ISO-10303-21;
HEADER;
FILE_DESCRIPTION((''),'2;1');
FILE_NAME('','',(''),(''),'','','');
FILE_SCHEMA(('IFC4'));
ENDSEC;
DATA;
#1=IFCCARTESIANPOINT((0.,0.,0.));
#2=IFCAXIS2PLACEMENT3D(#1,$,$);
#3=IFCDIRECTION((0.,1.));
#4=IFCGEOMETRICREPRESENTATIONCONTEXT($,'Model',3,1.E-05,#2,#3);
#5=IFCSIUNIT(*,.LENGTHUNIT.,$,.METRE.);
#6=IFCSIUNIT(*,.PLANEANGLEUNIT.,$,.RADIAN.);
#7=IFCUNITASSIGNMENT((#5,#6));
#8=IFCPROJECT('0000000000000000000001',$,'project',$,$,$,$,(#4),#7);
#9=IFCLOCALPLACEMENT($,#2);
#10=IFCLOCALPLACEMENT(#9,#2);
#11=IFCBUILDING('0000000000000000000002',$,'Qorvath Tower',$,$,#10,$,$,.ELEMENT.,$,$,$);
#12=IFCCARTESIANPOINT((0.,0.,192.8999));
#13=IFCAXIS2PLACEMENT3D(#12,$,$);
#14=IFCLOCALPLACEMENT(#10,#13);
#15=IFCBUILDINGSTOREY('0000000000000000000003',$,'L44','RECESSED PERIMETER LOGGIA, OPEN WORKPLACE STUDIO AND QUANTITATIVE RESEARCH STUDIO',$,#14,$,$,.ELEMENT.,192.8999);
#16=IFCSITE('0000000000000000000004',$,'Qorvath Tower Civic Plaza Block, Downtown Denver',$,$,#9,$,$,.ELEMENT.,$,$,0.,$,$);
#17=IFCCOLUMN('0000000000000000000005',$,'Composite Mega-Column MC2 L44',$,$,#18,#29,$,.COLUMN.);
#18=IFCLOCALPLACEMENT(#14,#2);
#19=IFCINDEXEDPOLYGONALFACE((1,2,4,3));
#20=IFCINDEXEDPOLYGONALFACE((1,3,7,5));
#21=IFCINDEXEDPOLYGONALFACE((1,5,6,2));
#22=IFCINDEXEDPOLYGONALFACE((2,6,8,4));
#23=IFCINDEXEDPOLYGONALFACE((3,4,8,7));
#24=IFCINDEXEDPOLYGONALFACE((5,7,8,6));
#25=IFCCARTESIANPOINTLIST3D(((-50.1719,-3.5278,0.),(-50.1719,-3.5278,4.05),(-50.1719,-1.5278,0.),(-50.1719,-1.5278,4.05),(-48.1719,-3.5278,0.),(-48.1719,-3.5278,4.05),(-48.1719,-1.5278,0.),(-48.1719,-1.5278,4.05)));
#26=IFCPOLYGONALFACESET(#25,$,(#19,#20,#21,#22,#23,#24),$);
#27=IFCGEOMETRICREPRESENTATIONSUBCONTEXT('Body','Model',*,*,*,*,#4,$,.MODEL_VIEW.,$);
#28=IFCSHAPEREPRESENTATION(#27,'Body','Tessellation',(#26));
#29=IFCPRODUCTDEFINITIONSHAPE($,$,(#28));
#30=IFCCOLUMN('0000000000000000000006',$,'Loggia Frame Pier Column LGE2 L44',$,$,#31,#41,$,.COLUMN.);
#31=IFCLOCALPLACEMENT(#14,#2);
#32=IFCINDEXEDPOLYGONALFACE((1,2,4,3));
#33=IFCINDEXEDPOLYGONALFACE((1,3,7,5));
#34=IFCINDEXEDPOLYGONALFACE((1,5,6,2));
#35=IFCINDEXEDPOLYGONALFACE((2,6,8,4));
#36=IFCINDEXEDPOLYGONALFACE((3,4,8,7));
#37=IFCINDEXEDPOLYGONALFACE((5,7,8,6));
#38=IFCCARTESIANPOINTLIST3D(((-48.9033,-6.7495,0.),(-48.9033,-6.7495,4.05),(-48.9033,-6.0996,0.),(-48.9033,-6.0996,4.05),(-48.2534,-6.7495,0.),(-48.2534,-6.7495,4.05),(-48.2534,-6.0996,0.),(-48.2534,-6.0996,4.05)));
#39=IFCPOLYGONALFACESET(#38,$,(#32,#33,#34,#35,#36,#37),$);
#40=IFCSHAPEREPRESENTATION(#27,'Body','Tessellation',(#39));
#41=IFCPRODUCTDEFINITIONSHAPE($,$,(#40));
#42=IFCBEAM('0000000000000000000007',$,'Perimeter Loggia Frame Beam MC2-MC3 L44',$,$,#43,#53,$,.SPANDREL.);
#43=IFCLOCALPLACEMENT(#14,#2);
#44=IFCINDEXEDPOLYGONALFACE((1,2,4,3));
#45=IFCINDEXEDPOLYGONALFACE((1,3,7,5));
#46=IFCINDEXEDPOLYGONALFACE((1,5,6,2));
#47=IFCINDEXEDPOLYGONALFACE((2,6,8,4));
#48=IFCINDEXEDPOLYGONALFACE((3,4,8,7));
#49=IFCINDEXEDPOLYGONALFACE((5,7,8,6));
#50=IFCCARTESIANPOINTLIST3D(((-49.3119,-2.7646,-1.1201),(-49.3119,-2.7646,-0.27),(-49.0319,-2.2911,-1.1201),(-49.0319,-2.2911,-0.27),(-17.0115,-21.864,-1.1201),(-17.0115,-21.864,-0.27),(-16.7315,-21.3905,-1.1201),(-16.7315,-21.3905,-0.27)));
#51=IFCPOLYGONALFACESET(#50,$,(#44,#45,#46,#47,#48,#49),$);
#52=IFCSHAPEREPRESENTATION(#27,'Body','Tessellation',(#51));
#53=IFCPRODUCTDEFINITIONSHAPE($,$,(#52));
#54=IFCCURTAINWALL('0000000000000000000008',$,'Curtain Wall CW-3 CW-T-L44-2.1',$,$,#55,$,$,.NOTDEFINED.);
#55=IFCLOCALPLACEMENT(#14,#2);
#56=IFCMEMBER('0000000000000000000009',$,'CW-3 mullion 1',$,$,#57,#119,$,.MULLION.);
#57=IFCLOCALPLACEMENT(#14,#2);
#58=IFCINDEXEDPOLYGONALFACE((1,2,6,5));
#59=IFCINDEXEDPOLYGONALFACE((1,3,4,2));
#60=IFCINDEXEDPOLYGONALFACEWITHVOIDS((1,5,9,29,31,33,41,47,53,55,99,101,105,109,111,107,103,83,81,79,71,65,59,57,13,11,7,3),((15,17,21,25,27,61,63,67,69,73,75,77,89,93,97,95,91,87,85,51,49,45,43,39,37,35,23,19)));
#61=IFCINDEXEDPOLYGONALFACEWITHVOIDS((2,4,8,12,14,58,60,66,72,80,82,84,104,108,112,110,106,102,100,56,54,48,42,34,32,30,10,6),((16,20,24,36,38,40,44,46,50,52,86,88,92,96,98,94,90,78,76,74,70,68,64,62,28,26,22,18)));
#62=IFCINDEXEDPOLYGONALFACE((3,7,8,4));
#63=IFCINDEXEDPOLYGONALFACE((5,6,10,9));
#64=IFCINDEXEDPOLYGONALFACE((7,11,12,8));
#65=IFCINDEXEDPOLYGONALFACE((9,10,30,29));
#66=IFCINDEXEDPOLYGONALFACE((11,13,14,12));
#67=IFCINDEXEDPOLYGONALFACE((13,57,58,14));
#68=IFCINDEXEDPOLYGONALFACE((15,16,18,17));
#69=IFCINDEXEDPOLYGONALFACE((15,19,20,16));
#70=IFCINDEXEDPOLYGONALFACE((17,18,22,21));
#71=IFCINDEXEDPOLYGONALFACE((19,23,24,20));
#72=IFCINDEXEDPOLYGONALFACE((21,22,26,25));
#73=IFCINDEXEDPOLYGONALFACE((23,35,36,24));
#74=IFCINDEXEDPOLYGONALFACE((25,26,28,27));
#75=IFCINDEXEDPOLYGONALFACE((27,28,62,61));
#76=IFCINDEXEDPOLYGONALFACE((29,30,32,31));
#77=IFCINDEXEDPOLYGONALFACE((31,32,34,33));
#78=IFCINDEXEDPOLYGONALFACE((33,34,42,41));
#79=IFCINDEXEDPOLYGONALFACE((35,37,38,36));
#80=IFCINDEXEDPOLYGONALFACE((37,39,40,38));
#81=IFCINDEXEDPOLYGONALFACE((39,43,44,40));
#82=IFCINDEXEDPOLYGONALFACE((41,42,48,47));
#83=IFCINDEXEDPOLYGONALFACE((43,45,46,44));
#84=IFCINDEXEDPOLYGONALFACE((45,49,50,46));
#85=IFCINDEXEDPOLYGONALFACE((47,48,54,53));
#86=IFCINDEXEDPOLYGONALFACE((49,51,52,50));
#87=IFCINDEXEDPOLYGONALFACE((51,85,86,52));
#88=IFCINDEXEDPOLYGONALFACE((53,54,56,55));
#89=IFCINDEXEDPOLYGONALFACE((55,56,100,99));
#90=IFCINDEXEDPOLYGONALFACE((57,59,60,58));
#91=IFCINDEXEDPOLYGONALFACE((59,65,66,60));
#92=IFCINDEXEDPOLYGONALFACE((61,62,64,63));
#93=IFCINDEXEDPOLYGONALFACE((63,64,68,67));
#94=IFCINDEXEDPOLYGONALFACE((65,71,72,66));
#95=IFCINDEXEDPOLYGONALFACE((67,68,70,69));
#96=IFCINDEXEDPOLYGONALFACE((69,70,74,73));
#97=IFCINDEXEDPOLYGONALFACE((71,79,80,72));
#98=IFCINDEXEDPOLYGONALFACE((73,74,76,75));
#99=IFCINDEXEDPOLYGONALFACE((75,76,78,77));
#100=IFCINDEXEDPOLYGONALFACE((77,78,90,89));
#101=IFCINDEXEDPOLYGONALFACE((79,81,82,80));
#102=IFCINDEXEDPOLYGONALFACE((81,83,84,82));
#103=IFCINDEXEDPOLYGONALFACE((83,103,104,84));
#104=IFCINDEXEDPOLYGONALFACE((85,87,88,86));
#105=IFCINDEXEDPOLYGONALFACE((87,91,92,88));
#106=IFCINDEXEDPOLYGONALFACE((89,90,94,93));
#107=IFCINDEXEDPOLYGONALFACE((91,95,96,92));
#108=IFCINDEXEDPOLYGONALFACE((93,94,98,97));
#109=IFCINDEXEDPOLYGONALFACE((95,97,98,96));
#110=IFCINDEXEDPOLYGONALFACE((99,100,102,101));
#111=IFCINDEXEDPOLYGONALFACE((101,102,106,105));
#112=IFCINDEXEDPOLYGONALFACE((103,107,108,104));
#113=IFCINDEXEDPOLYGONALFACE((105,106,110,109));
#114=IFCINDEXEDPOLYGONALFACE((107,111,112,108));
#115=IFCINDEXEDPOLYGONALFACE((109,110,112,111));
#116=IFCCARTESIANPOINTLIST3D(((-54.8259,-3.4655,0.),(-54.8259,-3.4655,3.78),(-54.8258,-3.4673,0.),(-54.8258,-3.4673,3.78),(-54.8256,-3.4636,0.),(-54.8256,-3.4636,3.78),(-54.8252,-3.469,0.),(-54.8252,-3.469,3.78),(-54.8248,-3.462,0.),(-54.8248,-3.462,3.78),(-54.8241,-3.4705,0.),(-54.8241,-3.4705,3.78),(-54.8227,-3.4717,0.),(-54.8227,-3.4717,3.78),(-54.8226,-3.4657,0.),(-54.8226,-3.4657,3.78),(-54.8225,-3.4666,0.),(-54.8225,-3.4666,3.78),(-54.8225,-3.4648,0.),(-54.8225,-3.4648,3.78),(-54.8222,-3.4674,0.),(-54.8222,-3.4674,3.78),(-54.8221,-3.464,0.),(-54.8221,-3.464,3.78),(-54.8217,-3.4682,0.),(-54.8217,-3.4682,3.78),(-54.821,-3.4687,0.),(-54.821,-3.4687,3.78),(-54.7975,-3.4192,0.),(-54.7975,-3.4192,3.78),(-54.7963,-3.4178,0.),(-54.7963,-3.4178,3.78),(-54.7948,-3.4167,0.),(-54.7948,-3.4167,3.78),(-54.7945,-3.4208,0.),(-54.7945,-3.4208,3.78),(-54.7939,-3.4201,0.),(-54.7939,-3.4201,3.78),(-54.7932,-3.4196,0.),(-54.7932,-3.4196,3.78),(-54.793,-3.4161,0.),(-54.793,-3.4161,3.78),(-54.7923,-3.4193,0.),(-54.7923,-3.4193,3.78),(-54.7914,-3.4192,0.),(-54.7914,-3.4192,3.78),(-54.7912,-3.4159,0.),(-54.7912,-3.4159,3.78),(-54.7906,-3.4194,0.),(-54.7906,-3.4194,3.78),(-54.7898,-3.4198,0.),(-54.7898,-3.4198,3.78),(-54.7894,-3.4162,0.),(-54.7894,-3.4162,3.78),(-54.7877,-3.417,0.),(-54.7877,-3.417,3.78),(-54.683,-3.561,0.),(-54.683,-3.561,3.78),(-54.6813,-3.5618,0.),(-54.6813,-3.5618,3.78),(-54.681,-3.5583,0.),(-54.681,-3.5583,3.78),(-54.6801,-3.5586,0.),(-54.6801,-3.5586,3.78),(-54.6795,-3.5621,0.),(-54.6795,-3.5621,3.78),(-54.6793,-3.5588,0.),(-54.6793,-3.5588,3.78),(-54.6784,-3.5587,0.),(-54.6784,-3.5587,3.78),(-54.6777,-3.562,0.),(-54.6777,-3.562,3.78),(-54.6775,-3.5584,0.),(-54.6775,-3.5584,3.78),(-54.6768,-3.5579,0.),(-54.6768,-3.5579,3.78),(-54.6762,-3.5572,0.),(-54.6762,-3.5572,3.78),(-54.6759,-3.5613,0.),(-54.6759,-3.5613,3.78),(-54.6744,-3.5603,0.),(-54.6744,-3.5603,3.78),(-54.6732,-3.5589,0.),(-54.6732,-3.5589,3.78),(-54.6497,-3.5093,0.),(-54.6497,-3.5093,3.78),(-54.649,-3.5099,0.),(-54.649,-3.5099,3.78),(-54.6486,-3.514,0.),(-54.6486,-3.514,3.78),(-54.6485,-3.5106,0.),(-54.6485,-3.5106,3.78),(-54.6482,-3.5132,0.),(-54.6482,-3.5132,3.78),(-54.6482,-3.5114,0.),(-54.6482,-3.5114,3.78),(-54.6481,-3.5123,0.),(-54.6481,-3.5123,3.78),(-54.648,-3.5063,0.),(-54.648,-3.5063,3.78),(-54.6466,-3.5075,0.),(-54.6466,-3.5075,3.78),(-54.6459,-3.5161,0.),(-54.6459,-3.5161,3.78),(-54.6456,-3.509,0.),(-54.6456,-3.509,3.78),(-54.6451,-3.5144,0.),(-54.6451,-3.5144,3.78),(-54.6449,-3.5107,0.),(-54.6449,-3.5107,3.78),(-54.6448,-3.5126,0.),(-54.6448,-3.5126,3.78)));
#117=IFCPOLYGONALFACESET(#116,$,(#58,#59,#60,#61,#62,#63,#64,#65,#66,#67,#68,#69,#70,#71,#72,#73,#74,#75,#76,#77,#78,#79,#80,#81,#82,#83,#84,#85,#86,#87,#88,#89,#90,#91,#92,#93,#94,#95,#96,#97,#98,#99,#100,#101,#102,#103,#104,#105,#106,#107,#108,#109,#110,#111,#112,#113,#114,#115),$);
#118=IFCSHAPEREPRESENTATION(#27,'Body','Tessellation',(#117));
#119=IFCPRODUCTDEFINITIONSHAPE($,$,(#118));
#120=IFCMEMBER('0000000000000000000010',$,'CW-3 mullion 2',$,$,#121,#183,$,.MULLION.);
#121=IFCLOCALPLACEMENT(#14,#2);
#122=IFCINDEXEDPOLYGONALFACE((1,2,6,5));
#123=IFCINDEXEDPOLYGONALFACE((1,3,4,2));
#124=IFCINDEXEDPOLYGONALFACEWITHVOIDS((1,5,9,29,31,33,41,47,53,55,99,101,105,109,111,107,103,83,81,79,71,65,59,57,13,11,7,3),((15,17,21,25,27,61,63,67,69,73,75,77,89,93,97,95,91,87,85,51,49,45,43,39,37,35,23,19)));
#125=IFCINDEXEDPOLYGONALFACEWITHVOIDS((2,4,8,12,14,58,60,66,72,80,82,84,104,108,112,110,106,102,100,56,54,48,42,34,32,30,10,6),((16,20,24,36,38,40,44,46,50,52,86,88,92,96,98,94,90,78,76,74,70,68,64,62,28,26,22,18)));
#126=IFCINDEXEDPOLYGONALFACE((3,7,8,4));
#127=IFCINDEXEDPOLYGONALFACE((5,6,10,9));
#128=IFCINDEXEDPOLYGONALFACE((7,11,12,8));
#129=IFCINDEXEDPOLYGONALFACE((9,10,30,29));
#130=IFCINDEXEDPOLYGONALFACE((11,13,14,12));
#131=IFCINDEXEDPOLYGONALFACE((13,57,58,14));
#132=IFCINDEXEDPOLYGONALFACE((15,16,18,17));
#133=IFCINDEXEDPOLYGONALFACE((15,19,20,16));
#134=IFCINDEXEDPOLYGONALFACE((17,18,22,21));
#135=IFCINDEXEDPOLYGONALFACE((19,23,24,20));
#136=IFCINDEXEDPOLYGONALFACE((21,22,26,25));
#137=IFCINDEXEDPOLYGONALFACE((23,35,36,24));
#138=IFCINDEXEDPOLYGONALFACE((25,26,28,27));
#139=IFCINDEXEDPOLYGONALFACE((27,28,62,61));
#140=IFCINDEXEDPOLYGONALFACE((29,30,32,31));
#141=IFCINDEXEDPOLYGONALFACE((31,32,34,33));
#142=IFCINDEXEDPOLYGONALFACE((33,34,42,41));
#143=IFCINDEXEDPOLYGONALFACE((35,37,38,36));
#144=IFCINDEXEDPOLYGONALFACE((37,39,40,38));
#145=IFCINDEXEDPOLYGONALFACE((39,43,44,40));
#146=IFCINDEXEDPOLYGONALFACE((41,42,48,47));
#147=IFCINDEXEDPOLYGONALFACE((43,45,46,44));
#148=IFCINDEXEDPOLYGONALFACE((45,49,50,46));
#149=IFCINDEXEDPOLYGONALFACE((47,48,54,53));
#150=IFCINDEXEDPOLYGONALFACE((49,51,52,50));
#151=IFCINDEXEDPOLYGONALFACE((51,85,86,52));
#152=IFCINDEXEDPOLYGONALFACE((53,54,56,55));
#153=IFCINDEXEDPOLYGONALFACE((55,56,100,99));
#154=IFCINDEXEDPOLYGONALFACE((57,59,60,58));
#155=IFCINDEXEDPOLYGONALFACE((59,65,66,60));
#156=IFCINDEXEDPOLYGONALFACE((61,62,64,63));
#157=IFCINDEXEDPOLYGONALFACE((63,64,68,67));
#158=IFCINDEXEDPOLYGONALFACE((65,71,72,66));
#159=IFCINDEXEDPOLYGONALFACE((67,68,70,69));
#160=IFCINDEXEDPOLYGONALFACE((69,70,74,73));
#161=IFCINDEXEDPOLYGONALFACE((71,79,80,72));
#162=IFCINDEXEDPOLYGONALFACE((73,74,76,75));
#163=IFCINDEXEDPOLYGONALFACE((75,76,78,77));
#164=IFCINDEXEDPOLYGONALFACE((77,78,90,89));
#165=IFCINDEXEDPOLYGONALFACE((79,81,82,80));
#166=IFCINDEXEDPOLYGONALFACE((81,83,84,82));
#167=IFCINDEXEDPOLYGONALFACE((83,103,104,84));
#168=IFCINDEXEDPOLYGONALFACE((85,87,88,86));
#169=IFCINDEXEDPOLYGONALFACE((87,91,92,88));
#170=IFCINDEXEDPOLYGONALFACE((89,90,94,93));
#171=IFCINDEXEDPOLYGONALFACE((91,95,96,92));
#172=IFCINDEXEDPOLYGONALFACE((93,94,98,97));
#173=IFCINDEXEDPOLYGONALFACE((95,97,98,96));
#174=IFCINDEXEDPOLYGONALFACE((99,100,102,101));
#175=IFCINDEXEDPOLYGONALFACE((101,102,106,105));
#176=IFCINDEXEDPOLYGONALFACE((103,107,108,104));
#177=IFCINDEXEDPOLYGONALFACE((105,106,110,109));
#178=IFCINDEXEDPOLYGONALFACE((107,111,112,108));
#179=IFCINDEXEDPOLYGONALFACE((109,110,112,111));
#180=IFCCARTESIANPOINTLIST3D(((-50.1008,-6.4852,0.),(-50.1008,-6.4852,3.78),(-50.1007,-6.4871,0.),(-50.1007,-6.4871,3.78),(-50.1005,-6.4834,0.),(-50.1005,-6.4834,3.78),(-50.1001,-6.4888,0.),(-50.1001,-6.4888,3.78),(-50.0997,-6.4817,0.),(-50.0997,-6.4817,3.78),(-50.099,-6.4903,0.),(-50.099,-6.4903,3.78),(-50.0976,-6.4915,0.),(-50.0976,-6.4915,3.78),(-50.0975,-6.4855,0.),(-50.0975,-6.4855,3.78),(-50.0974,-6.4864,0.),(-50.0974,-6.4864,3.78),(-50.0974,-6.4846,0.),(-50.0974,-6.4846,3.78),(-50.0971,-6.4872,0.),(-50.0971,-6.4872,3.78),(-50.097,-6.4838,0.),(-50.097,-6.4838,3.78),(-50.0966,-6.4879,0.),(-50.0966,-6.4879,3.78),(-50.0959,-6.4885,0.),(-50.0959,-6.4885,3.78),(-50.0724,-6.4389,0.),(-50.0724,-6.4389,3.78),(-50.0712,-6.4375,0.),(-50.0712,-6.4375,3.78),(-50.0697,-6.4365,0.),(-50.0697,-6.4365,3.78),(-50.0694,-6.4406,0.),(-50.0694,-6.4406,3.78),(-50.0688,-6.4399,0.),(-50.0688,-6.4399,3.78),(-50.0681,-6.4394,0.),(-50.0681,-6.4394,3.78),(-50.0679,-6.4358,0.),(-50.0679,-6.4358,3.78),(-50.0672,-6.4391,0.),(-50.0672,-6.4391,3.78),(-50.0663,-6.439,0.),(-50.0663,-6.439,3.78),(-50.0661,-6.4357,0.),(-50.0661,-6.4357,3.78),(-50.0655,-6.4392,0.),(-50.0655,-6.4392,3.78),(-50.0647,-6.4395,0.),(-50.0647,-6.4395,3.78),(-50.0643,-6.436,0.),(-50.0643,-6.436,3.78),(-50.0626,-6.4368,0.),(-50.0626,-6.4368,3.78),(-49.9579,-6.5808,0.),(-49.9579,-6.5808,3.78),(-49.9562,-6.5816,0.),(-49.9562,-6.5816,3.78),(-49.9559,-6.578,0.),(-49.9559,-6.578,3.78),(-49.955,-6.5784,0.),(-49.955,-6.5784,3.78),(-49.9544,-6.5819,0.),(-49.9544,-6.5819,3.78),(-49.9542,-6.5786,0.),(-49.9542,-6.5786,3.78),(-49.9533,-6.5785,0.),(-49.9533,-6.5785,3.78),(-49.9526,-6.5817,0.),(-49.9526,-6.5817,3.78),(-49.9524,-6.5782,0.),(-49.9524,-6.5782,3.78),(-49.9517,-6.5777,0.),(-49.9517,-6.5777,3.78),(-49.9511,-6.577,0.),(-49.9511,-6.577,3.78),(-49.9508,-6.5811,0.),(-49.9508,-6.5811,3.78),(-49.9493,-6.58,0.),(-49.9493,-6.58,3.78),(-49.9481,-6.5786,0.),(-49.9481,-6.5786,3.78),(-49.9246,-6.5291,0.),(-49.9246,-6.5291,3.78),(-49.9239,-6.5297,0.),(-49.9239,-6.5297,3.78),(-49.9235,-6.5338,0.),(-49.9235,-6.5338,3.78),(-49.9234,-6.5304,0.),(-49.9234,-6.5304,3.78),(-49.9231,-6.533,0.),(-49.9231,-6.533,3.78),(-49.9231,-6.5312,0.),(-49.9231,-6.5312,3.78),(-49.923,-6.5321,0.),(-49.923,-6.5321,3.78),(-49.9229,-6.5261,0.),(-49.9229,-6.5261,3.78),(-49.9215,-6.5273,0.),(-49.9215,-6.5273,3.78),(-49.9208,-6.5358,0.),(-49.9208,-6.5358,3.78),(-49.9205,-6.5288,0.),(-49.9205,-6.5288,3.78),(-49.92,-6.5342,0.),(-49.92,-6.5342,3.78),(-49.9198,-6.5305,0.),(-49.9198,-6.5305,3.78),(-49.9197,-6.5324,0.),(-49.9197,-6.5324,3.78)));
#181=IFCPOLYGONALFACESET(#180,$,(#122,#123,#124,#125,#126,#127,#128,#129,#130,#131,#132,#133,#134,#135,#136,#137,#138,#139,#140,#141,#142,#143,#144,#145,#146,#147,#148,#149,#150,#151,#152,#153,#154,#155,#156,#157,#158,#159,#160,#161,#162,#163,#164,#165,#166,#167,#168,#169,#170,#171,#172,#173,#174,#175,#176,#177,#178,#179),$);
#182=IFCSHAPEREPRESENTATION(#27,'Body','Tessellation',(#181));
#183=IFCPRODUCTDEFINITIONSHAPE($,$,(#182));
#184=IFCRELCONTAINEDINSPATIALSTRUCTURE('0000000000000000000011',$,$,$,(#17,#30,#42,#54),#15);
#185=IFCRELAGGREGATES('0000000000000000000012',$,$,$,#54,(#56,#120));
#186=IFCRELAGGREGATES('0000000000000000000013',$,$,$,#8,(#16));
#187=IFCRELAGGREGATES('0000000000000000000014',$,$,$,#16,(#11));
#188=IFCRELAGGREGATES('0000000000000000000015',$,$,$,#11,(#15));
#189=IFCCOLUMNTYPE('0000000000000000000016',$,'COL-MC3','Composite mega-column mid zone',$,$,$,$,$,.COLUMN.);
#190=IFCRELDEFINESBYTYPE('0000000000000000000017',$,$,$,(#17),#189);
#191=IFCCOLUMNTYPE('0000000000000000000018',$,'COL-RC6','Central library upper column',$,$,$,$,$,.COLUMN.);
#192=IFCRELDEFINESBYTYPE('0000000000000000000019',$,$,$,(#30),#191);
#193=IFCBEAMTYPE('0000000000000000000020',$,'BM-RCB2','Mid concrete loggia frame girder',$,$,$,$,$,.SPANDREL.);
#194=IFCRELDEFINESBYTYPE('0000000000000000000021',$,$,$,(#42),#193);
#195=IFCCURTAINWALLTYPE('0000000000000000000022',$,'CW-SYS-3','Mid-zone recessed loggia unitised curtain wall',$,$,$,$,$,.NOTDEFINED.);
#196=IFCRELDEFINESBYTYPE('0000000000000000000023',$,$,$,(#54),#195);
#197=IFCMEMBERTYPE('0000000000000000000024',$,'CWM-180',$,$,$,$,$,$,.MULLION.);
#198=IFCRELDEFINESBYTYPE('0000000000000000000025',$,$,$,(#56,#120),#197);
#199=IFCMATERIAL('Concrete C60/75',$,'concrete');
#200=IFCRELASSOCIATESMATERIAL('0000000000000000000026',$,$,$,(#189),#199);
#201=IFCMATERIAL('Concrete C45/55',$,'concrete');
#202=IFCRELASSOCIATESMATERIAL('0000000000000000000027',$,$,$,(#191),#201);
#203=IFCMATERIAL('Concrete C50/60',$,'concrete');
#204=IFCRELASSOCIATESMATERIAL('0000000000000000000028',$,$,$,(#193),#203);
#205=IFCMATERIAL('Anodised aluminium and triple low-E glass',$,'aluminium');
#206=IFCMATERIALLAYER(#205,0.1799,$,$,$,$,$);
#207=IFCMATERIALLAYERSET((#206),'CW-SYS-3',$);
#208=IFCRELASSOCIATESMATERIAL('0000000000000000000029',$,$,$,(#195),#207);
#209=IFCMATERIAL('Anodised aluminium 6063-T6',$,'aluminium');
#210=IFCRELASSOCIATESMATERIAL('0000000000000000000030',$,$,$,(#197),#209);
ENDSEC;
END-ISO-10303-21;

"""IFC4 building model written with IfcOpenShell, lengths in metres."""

from ifc_helpers import new_model, si_unit, direction, frame, origin, origin_2d, place, context, subcontext, project, spatial, rectangle, hollow_rectangle, extrude, material, layer, layer_set, material_profile, profile_set, type_object, element, aggregate, save


model = new_model("IFC4")

# Units and contexts
model_context = context("Model", 3, precision=1e-05, world=origin(), true_north=direction((0.0, 1.0)))
body_context = subcontext(model_context, "Body", "Model", "MODEL_VIEW")
ifc_project = project(units=[si_unit("LENGTHUNIT", "METRE"), si_unit("PLANEANGLEUNIT", "RADIAN")], contexts=[model_context])

# Site, building, storey
site_placement = place(None, origin())
site = spatial("IfcSite", under=ifc_project, at=site_placement, Name="Qorvath Tower Civic Plaza Block, Downtown Denver", CompositionType="ELEMENT", RefElevation=0.0)
building_placement = place(site_placement, origin())
building = spatial("IfcBuilding", under=site, at=building_placement, Name="Qorvath Tower", CompositionType="ELEMENT")
storey_placement = place(building_placement, frame((0.0, 0.0, 192.8999)))
storey = spatial("IfcBuildingStorey", under=building, at=storey_placement, Name="L44", Description="RECESSED PERIMETER LOGGIA, OPEN WORKPLACE STUDIO AND QUANTITATIVE RESEARCH STUDIO", CompositionType="ELEMENT", Elevation=192.8999)

# Columns
ifc_material_1 = material(Name="Concrete C60/75", Category="concrete")
ifc_material_profile_1 = material_profile(ifc_material_1, rectangle(XDim=2.0, YDim=2.0, at=origin_2d()), Name="MC 2000x2000")
ifc_profile_set_1 = profile_set([ifc_material_profile_1], Name="Concrete C60/75")
column_type_1 = type_object("IfcColumnType", Name="COL-MC3", Description="Composite mega-column mid zone", PredefinedType="COLUMN", material=ifc_profile_set_1)
column_1_placement = place(storey_placement, frame((-49.1719, -2.5278, 0.0), z_axis=(0.0, 0.0, 1.0), x_axis=(1.0, 0.0, 0.0)))
element("IfcColumn", 1, at=column_1_placement, inside=storey, type_object=column_type_1, Name="Composite Mega-Column MC2 L44", PredefinedType="COLUMN", context=body_context, shape_type="SweptSolid", body=[
    extrude(rectangle(XDim=2.0, YDim=2.0, at=origin_2d()), origin(), (0.0, 0.0, 1.0), 4.05),
])
ifc_material_2 = material(Name="Concrete C45/55", Category="concrete")
ifc_material_profile_2 = material_profile(ifc_material_2, rectangle(XDim=0.6499, YDim=0.6499, at=origin_2d()), Name="RC 650x650")
ifc_profile_set_2 = profile_set([ifc_material_profile_2], Name="Concrete C45/55")
column_type_2 = type_object("IfcColumnType", Name="COL-RC6", Description="Central library upper column", PredefinedType="COLUMN", material=ifc_profile_set_2)
column_2_placement = place(storey_placement, frame((-48.5784, -6.4246, 0.0), z_axis=(0.0, 0.0, 1.0), x_axis=(1.0, 0.0, 0.0)))
element("IfcColumn", 2, at=column_2_placement, inside=storey, type_object=column_type_2, Name="Loggia Frame Pier Column LGE2 L44", PredefinedType="COLUMN", context=body_context, shape_type="SweptSolid", body=[
    extrude(rectangle(XDim=0.6499, YDim=0.6499, at=origin_2d()), origin(), (0.0, 0.0, 1.0), 4.05),
])

# Beam
ifc_material_3 = material(Name="Concrete C50/60", Category="concrete")
ifc_material_profile_3 = material_profile(ifc_material_3, rectangle(XDim=0.55, YDim=0.8501, at=origin_2d()), Name="RCB 850x550")
ifc_profile_set_3 = profile_set([ifc_material_profile_3], Name="Concrete C50/60")
beam_type = type_object("IfcBeamType", Name="BM-RCB2", Description="Mid concrete loggia frame girder", PredefinedType="SPANDREL", material=ifc_profile_set_3)
beam_placement = place(storey_placement, frame((-49.1719, -2.5278, -0.6951), z_axis=(0.860777, -0.508983, 0.0), x_axis=(0.508983, 0.860777, 0.0)))
element("IfcBeam", 3, at=beam_placement, inside=storey, type_object=beam_type, Name="Perimeter Loggia Frame Beam MC2-MC3 L44", PredefinedType="SPANDREL", context=body_context, shape_type="SweptSolid", body=[
    extrude(rectangle(XDim=0.55, YDim=0.8501, at=origin_2d()), origin(), (0.0, 0.0, 1.0), 37.5247),
])

# Curtain wall, members
ifc_material_4 = material(Name="Anodised aluminium and triple low-E glass", Category="aluminium")
ifc_layer_1 = layer(ifc_material_4, 0.1799)
ifc_layer_set_1 = layer_set([ifc_layer_1], Name="CW-SYS-3")
curtain_wall_type = type_object("IfcCurtainWallType", Name="CW-SYS-3", Description="Mid-zone recessed loggia unitised curtain wall", PredefinedType="NOTDEFINED", material=ifc_layer_set_1)
curtain_wall_placement = place(storey_placement, origin())
curtain_wall = element("IfcCurtainWall", 4, at=curtain_wall_placement, inside=storey, type_object=curtain_wall_type, Name="Curtain Wall CW-3 CW-T-L44-2.1", PredefinedType="NOTDEFINED")
ifc_material_5 = material(Name="Anodised aluminium 6063-T6", Category="aluminium")
ifc_material_profile_4 = material_profile(ifc_material_5, hollow_rectangle(XDim=0.0649, YDim=0.1799, WallThickness=0.0034, InnerFilletRadius=0.0034, OuterFilletRadius=0.0071, at=origin_2d()), Name="CWM 180x65")
ifc_profile_set_4 = profile_set([ifc_material_profile_4], Name="Anodised aluminium 6063-T6")
member_type_1 = type_object("IfcMemberType", Name="CWM-180", PredefinedType="MULLION", material=ifc_profile_set_4)
member_1_placement = place(storey_placement, frame((-54.7354, -3.489, 0.0), z_axis=(0.0, 0.0, 1.0), x_axis=(0.538534, 0.842604, 0.0)))
member_1 = element("IfcMember", 5, at=member_1_placement, type_object=member_type_1, Name="CW-3 mullion 1", PredefinedType="MULLION", context=body_context, shape_type="SweptSolid", body=[
    extrude(hollow_rectangle(XDim=0.0649, YDim=0.1799, WallThickness=0.0034, InnerFilletRadius=0.0034, OuterFilletRadius=0.0071, at=origin_2d()), origin(), (0.0, 0.0, 1.0), 3.78),
])
member_2_placement = place(storey_placement, frame((-50.0103, -6.5088, 0.0), z_axis=(0.0, 0.0, 1.0), x_axis=(0.538534, 0.842604, 0.0)))
member_2 = element("IfcMember", 6, at=member_2_placement, type_object=member_type_1, Name="CW-3 mullion 2", PredefinedType="MULLION", context=body_context, shape_type="SweptSolid", body=[
    extrude(hollow_rectangle(XDim=0.0649, YDim=0.1799, WallThickness=0.0034, InnerFilletRadius=0.0034, OuterFilletRadius=0.0071, at=origin_2d()), origin(), (0.0, 0.0, 1.0), 3.78),
])
aggregate(curtain_wall, [member_1, member_2])

save(model, "model.ifc")
